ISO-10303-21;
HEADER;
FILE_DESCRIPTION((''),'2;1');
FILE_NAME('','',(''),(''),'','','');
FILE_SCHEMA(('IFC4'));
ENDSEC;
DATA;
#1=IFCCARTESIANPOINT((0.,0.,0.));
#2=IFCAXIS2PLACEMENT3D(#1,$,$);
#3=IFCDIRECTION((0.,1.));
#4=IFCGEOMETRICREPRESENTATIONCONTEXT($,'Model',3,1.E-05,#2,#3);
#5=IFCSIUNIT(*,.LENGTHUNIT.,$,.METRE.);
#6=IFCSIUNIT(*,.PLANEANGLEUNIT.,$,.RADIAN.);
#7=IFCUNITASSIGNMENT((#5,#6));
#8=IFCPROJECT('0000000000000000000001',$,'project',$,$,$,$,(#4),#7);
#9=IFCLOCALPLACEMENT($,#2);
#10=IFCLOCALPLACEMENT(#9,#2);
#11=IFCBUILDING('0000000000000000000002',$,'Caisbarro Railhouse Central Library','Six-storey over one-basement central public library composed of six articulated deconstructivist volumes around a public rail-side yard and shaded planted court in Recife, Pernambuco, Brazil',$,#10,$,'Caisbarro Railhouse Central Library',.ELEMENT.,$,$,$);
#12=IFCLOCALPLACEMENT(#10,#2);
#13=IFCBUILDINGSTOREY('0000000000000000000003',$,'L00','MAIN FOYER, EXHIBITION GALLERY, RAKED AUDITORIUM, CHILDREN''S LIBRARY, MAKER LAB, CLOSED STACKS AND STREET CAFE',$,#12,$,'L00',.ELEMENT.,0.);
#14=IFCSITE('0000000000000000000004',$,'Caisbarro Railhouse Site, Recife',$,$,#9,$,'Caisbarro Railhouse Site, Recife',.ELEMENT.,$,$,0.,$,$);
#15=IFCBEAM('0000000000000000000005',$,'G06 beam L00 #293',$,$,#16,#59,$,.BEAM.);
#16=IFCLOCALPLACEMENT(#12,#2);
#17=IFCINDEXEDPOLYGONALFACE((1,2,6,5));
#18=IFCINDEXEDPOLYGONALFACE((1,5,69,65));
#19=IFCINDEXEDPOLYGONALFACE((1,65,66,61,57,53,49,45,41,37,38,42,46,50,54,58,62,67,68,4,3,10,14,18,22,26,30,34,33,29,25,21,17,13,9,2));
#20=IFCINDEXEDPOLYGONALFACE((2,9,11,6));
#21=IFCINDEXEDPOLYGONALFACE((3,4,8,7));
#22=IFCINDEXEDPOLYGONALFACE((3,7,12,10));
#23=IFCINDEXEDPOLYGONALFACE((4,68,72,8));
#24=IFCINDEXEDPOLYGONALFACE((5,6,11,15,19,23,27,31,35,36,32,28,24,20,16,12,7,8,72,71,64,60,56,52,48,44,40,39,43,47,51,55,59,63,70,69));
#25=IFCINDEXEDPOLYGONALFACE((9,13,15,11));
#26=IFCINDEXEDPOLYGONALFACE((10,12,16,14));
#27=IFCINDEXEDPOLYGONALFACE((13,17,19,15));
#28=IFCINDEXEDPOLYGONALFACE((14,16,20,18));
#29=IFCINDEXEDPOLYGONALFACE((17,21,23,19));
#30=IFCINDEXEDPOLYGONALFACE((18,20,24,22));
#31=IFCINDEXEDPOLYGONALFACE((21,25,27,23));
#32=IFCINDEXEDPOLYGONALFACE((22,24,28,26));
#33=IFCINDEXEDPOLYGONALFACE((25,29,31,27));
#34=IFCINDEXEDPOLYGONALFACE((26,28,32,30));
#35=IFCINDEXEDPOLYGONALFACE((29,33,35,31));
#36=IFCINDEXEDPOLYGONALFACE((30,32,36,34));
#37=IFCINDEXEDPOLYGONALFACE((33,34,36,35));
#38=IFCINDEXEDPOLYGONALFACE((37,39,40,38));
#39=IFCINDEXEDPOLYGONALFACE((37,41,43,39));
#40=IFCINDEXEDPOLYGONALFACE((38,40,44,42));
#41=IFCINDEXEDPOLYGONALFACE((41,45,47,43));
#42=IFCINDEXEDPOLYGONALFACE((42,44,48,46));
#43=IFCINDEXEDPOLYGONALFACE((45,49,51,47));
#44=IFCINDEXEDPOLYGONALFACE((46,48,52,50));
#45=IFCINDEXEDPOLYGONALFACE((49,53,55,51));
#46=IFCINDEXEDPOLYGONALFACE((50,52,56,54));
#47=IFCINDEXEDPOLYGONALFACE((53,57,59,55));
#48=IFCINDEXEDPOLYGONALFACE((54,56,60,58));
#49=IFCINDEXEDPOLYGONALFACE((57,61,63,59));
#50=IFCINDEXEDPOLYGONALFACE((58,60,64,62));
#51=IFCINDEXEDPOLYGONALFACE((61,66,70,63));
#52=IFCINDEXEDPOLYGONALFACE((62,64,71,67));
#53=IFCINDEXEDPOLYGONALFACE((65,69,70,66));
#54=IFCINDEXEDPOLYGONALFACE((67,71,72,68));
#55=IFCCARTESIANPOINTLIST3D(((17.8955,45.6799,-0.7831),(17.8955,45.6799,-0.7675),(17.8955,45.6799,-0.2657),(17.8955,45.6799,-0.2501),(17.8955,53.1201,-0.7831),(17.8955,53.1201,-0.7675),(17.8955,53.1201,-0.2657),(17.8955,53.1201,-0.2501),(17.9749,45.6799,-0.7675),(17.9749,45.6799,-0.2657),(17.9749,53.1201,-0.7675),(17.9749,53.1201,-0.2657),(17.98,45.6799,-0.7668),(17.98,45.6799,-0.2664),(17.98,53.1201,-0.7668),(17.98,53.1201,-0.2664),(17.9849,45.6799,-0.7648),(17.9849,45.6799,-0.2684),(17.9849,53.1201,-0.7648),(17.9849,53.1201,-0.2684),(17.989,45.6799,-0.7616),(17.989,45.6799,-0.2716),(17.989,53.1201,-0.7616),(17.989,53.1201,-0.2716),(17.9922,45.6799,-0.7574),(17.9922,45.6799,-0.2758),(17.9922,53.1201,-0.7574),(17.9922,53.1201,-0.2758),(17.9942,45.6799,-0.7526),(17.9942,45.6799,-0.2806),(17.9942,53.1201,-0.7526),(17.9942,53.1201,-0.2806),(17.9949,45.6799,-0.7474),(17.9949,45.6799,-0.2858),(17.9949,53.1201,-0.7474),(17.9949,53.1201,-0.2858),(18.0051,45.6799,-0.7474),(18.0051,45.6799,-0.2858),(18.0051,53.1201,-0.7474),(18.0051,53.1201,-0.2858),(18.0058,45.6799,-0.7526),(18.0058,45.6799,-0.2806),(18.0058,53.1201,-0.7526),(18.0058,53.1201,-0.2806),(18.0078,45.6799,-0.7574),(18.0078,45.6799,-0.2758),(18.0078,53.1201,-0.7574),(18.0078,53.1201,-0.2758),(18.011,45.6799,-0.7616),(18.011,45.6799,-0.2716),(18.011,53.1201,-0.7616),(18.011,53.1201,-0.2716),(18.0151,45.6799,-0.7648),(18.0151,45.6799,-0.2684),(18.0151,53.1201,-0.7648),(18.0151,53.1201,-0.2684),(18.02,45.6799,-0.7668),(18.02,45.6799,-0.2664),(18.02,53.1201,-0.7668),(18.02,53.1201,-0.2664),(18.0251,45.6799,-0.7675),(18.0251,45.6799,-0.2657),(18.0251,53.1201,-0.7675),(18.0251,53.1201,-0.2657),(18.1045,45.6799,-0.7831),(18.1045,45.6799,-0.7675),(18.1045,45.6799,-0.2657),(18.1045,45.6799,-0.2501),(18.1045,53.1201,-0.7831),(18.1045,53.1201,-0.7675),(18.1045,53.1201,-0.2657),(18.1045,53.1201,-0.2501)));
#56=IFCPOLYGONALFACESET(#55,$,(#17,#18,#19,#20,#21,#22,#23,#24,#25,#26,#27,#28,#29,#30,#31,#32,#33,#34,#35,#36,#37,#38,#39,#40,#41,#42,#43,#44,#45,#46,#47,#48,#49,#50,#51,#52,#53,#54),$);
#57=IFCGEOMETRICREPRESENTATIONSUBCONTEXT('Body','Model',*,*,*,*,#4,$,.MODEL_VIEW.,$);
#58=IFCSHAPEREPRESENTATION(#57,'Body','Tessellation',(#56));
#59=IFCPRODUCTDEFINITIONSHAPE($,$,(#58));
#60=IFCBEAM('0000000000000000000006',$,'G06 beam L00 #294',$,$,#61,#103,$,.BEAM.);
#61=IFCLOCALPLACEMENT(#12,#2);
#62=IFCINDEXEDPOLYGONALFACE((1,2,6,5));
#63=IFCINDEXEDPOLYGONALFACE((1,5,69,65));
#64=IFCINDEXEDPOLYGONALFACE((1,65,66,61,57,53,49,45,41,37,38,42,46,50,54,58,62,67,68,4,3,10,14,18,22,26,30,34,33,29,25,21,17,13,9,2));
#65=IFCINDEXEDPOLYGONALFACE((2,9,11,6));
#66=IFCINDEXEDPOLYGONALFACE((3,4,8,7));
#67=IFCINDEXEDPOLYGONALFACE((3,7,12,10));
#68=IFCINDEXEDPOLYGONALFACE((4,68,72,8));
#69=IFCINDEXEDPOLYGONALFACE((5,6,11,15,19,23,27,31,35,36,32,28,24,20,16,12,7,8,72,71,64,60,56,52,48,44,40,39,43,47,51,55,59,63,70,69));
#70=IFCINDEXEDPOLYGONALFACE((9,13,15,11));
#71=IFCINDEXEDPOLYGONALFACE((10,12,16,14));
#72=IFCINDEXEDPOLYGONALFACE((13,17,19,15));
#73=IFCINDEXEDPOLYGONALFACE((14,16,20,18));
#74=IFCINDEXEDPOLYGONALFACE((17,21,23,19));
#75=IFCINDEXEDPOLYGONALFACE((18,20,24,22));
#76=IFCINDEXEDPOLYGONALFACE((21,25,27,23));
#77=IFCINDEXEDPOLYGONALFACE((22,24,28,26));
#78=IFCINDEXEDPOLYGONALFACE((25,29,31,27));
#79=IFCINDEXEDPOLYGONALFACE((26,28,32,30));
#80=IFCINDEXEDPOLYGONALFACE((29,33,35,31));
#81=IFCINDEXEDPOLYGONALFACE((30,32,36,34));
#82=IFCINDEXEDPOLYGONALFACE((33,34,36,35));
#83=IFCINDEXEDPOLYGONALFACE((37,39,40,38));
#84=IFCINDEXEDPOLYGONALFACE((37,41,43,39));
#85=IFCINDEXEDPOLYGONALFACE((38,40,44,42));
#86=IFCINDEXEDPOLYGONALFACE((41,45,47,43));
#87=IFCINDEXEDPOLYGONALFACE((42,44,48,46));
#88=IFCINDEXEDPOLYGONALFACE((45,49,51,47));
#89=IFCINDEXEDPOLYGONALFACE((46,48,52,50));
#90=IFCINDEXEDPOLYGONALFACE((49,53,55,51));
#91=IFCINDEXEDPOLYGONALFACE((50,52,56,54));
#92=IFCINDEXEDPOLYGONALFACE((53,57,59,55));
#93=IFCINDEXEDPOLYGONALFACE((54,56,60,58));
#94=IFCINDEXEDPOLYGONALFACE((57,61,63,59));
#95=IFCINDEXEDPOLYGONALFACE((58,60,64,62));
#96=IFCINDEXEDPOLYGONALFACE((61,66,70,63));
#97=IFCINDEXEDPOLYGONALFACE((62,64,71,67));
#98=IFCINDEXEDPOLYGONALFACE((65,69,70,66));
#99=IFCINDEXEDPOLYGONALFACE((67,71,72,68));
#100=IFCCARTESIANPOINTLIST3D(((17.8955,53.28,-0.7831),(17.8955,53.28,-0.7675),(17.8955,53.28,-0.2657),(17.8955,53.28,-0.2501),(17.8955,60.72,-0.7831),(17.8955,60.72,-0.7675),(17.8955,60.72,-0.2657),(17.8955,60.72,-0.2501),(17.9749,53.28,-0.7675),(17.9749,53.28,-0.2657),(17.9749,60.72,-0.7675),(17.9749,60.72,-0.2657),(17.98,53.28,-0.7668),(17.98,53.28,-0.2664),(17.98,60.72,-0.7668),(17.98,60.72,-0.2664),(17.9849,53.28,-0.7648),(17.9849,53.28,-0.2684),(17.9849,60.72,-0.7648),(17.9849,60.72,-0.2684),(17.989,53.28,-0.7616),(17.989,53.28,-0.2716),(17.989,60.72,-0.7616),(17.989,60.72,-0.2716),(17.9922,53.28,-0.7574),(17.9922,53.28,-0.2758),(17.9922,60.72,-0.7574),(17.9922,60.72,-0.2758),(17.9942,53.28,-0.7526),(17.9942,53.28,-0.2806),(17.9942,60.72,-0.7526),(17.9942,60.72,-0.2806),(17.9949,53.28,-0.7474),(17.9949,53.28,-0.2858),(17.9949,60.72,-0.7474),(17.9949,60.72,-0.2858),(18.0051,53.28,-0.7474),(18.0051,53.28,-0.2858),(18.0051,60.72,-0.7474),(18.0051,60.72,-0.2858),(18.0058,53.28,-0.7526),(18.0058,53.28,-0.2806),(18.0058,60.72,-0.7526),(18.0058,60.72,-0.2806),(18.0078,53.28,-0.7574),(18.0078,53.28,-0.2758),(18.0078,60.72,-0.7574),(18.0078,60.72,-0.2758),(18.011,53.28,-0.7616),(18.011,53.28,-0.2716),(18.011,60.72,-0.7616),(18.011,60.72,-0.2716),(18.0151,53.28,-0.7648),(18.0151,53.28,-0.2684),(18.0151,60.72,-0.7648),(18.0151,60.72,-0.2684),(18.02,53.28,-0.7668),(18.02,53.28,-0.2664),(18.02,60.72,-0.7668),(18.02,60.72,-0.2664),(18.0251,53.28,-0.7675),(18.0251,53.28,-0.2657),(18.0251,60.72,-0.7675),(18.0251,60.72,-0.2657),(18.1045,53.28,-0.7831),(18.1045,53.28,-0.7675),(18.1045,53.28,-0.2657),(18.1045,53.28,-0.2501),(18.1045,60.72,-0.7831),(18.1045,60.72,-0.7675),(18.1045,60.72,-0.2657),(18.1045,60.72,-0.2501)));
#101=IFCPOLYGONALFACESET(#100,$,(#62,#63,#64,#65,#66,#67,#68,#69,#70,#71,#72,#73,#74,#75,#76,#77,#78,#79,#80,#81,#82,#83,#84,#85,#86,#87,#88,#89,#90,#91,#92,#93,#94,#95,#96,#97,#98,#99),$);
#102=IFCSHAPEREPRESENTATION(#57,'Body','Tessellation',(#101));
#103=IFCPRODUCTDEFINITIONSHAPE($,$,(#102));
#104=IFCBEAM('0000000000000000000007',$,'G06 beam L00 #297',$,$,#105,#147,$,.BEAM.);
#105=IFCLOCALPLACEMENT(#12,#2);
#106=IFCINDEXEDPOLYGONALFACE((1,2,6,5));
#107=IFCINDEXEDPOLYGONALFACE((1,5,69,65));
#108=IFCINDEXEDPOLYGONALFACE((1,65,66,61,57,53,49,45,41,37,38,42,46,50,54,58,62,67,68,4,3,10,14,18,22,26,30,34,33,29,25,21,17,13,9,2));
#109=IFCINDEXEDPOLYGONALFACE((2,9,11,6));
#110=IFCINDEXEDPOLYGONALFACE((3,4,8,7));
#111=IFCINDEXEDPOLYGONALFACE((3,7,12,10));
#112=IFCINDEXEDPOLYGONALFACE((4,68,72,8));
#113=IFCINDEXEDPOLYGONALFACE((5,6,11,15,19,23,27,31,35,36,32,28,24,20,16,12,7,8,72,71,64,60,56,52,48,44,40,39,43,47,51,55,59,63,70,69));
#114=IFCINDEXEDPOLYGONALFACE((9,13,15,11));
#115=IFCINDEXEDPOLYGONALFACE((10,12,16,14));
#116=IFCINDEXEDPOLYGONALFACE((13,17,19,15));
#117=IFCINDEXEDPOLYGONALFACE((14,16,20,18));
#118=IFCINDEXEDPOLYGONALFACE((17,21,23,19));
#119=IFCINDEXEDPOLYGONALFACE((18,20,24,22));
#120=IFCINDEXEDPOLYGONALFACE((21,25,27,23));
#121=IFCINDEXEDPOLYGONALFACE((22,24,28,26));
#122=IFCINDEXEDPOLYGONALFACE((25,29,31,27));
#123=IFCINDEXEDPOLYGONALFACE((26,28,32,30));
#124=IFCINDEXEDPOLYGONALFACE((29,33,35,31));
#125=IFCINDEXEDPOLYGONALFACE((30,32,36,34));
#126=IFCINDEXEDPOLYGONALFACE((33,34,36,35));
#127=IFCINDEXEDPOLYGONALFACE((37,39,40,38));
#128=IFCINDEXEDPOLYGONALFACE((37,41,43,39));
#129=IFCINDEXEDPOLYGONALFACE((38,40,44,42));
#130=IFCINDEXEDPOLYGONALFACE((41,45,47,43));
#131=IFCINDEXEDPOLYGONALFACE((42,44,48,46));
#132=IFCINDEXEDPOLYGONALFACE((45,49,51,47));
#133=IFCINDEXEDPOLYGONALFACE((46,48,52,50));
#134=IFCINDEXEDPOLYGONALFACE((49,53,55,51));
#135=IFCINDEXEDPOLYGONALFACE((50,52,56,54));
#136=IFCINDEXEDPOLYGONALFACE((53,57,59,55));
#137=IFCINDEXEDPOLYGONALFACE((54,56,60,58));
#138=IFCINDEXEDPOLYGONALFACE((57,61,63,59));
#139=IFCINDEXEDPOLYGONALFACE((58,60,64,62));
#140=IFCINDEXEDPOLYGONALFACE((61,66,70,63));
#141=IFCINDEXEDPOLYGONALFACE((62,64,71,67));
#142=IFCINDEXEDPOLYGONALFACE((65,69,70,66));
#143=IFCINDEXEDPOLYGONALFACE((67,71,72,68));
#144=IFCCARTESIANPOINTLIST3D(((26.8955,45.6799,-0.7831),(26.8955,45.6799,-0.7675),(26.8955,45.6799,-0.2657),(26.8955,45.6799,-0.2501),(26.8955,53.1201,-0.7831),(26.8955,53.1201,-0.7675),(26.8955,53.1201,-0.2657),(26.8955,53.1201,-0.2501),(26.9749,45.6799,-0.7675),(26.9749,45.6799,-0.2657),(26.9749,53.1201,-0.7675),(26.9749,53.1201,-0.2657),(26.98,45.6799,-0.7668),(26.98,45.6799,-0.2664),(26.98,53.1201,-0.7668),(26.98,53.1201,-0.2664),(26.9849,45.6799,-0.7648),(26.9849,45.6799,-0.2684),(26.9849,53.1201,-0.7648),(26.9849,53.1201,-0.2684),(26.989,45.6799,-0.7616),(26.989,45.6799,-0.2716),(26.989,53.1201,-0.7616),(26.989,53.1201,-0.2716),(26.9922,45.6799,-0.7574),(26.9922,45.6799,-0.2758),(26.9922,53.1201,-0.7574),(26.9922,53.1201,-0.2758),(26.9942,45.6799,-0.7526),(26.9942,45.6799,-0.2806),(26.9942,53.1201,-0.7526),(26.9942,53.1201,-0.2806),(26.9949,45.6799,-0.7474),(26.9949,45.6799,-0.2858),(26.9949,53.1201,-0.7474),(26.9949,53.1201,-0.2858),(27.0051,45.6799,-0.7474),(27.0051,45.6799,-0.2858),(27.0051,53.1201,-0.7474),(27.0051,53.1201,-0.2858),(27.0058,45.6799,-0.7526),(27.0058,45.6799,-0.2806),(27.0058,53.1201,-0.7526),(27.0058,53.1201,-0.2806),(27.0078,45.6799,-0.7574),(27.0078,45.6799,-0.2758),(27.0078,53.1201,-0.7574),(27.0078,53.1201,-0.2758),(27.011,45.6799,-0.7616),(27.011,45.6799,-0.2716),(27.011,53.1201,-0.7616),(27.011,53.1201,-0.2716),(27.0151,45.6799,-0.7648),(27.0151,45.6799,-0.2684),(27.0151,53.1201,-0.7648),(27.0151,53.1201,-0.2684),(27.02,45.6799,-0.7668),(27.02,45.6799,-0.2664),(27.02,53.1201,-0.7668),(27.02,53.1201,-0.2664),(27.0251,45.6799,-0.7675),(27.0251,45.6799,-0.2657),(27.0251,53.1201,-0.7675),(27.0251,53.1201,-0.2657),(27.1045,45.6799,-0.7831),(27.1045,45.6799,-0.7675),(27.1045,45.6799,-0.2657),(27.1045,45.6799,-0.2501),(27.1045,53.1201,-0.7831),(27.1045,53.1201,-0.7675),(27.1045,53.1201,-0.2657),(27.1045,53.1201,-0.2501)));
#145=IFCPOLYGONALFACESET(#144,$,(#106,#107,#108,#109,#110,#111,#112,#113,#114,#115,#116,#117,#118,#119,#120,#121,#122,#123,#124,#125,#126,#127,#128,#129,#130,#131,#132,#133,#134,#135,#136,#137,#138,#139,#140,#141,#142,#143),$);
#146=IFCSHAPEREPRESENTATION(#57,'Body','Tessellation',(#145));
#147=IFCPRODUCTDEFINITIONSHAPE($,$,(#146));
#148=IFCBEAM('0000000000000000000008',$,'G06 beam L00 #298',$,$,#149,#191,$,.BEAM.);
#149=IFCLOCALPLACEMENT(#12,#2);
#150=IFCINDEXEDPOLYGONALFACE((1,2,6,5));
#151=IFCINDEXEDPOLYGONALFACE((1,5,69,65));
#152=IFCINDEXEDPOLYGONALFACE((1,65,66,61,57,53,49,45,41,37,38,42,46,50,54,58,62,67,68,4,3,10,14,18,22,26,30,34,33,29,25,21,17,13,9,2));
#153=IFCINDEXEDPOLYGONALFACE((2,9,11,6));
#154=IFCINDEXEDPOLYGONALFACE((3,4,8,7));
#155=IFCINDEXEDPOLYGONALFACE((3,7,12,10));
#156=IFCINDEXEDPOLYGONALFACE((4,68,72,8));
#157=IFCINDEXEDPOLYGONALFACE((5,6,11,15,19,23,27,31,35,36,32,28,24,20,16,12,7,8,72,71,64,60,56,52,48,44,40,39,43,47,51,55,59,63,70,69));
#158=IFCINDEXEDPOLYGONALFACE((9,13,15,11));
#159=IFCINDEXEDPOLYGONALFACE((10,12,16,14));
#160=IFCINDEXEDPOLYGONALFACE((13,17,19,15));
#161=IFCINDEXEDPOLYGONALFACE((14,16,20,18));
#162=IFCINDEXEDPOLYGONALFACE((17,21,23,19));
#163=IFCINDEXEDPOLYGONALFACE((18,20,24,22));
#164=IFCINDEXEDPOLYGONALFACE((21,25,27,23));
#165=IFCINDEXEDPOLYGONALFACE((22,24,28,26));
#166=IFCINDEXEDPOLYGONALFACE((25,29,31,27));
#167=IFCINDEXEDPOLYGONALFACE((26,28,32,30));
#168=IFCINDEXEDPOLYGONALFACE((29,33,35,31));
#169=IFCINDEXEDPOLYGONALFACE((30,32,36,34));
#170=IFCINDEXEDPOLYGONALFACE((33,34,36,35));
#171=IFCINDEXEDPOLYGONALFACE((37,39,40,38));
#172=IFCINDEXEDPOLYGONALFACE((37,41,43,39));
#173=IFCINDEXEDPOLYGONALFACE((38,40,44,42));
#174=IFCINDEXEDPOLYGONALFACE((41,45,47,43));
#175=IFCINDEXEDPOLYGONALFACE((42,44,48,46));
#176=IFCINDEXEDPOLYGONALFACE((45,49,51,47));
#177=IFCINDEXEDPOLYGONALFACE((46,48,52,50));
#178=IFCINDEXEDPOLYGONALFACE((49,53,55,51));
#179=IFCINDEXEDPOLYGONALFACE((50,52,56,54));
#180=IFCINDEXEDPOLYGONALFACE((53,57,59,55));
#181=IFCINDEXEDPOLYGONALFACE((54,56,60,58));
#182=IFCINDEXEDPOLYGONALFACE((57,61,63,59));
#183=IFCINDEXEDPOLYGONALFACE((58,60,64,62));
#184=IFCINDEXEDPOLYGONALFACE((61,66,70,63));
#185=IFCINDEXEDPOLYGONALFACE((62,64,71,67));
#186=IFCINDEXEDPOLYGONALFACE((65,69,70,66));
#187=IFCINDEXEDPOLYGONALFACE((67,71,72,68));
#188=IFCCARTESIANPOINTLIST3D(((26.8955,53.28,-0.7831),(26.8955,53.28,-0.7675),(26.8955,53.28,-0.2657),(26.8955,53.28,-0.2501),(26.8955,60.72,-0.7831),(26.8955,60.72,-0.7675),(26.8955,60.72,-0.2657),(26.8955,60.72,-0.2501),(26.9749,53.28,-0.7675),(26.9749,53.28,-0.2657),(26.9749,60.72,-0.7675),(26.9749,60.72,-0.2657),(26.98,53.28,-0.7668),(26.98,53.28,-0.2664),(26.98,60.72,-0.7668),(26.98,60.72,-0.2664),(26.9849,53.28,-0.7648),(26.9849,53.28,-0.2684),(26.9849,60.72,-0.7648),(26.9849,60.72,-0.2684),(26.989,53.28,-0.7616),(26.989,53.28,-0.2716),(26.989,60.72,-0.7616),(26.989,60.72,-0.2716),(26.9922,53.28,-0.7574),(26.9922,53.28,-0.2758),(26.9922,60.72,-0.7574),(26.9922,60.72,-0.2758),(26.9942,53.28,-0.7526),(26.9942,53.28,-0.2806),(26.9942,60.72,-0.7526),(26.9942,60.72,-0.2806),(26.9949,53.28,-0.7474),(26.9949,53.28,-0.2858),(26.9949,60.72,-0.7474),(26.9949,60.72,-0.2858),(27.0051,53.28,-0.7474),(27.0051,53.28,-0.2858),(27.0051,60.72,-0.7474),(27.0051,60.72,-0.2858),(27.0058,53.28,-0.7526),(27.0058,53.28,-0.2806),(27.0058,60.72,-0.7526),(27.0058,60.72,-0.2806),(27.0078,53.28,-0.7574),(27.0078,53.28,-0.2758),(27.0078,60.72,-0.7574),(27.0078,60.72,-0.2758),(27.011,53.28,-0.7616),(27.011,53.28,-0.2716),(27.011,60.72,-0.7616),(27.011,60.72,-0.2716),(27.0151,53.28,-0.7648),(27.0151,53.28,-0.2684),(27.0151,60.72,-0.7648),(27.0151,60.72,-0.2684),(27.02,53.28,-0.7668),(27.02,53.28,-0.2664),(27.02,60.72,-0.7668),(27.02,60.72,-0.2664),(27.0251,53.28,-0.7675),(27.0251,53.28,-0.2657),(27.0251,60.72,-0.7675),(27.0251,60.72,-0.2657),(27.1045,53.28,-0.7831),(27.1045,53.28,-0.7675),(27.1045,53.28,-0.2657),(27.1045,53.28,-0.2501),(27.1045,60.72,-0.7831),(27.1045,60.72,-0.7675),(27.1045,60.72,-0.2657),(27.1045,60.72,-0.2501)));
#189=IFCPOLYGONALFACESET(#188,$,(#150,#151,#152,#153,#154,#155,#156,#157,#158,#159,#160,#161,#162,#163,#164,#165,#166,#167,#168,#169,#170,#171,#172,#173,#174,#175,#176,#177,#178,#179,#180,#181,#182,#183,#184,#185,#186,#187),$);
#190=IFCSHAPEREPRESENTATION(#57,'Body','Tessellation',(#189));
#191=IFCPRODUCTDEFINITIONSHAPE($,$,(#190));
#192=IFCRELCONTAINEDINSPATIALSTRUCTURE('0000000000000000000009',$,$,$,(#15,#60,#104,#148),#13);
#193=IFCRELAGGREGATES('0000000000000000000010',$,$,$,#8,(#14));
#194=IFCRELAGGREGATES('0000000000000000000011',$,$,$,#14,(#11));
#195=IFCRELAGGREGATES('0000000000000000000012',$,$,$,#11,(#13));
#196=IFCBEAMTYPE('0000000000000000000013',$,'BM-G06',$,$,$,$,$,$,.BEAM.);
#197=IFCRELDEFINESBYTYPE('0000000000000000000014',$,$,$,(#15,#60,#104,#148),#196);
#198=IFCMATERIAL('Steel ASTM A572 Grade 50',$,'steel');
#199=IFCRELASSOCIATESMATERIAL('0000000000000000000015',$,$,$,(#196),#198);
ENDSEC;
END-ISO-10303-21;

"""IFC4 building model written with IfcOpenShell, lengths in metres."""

from ifc_helpers import new_model, si_unit, direction, frame, origin, origin_2d, place, context, subcontext, project, spatial, i_section, extrude, material, material_profile, profile_set, type_object, element, save


model = new_model("IFC4")

# Units and contexts
model_context = context("Model", 3, precision=1e-05, world=origin(), true_north=direction((0.0, 1.0)))
body_context = subcontext(model_context, "Body", "Model", "MODEL_VIEW")
ifc_project = project(units=[si_unit("LENGTHUNIT", "METRE"), si_unit("PLANEANGLEUNIT", "RADIAN")], contexts=[model_context])

# Site, building, storey
site_placement = place(None, origin())
site = spatial("IfcSite", under=ifc_project, at=site_placement, Name="Caisbarro Railhouse Site, Recife", LongName="Caisbarro Railhouse Site, Recife", CompositionType="ELEMENT", RefElevation=0.0)
building_placement = place(site_placement, origin())
building = spatial("IfcBuilding", under=site, at=building_placement, Name="Caisbarro Railhouse Central Library", Description="Six-storey over one-basement central public library composed of six articulated deconstructivist volumes around a public rail-side yard and shaded planted court in Recife, Pernambuco, Brazil", LongName="Caisbarro Railhouse Central Library", CompositionType="ELEMENT")
storey_placement = place(building_placement, origin())
storey = spatial("IfcBuildingStorey", under=building, at=storey_placement, Name="L00", Description="MAIN FOYER, EXHIBITION GALLERY, RAKED AUDITORIUM, CHILDREN'S LIBRARY, MAKER LAB, CLOSED STACKS AND STREET CAFE", LongName="L00", CompositionType="ELEMENT", Elevation=0.0)

# Shared definitions
ifc_material = material(Name="Steel ASTM A572 Grade 50", Category="steel")

# Beams
ifc_material_profile_1 = material_profile(ifc_material, i_section(OverallWidth=0.209, OverallDepth=0.533, WebThickness=0.0103, FlangeThickness=0.0156, FilletRadius=0.02, at=origin_2d()), Name="W530X92.0")
ifc_profile_set_1 = profile_set([ifc_material_profile_1], Name="Steel ASTM A572 Grade 50")
beam_type_1 = type_object("IfcBeamType", Name="BM-G06", PredefinedType="BEAM", material=ifc_profile_set_1)
beam_1_placement = place(storey_placement, frame((18.0, 45.6799, -0.5166), z_axis=(0.0, 1.0, 0.0), x_axis=(-1.0, 0.0, 0.0)))
element("IfcBeam", 1, at=beam_1_placement, inside=storey, type_object=beam_type_1, Name="G06 beam L00 #293", PredefinedType="BEAM", context=body_context, shape_type="SweptSolid", body=[
    extrude(i_section(OverallWidth=0.209, OverallDepth=0.533, WebThickness=0.0103, FlangeThickness=0.0156, FilletRadius=0.02, at=origin_2d()), origin(), (0.0, 0.0, 1.0), 7.4402),
])
beam_2_placement = place(storey_placement, frame((18.0, 53.28, -0.5166), z_axis=(0.0, 1.0, 0.0), x_axis=(-1.0, 0.0, 0.0)))
element("IfcBeam", 2, at=beam_2_placement, inside=storey, type_object=beam_type_1, Name="G06 beam L00 #294", PredefinedType="BEAM", context=body_context, shape_type="SweptSolid", body=[
    extrude(i_section(OverallWidth=0.209, OverallDepth=0.533, WebThickness=0.0103, FlangeThickness=0.0156, FilletRadius=0.02, at=origin_2d()), origin(), (0.0, 0.0, 1.0), 7.4399),
])
beam_3_placement = place(storey_placement, frame((27.0, 45.6799, -0.5166), z_axis=(0.0, 1.0, 0.0), x_axis=(-1.0, 0.0, 0.0)))
element("IfcBeam", 3, at=beam_3_placement, inside=storey, type_object=beam_type_1, Name="G06 beam L00 #297", PredefinedType="BEAM", context=body_context, shape_type="SweptSolid", body=[
    extrude(i_section(OverallWidth=0.209, OverallDepth=0.533, WebThickness=0.0103, FlangeThickness=0.0156, FilletRadius=0.02, at=origin_2d()), origin(), (0.0, 0.0, 1.0), 7.4402),
])
beam_4_placement = place(storey_placement, frame((27.0, 53.28, -0.5166), z_axis=(0.0, 1.0, 0.0), x_axis=(-1.0, 0.0, 0.0)))
element("IfcBeam", 4, at=beam_4_placement, inside=storey, type_object=beam_type_1, Name="G06 beam L00 #298", PredefinedType="BEAM", context=body_context, shape_type="SweptSolid", body=[
    extrude(i_section(OverallWidth=0.209, OverallDepth=0.533, WebThickness=0.0103, FlangeThickness=0.0156, FilletRadius=0.02, at=origin_2d()), origin(), (0.0, 0.0, 1.0), 7.4399),
])

save(model, "model.ifc")
